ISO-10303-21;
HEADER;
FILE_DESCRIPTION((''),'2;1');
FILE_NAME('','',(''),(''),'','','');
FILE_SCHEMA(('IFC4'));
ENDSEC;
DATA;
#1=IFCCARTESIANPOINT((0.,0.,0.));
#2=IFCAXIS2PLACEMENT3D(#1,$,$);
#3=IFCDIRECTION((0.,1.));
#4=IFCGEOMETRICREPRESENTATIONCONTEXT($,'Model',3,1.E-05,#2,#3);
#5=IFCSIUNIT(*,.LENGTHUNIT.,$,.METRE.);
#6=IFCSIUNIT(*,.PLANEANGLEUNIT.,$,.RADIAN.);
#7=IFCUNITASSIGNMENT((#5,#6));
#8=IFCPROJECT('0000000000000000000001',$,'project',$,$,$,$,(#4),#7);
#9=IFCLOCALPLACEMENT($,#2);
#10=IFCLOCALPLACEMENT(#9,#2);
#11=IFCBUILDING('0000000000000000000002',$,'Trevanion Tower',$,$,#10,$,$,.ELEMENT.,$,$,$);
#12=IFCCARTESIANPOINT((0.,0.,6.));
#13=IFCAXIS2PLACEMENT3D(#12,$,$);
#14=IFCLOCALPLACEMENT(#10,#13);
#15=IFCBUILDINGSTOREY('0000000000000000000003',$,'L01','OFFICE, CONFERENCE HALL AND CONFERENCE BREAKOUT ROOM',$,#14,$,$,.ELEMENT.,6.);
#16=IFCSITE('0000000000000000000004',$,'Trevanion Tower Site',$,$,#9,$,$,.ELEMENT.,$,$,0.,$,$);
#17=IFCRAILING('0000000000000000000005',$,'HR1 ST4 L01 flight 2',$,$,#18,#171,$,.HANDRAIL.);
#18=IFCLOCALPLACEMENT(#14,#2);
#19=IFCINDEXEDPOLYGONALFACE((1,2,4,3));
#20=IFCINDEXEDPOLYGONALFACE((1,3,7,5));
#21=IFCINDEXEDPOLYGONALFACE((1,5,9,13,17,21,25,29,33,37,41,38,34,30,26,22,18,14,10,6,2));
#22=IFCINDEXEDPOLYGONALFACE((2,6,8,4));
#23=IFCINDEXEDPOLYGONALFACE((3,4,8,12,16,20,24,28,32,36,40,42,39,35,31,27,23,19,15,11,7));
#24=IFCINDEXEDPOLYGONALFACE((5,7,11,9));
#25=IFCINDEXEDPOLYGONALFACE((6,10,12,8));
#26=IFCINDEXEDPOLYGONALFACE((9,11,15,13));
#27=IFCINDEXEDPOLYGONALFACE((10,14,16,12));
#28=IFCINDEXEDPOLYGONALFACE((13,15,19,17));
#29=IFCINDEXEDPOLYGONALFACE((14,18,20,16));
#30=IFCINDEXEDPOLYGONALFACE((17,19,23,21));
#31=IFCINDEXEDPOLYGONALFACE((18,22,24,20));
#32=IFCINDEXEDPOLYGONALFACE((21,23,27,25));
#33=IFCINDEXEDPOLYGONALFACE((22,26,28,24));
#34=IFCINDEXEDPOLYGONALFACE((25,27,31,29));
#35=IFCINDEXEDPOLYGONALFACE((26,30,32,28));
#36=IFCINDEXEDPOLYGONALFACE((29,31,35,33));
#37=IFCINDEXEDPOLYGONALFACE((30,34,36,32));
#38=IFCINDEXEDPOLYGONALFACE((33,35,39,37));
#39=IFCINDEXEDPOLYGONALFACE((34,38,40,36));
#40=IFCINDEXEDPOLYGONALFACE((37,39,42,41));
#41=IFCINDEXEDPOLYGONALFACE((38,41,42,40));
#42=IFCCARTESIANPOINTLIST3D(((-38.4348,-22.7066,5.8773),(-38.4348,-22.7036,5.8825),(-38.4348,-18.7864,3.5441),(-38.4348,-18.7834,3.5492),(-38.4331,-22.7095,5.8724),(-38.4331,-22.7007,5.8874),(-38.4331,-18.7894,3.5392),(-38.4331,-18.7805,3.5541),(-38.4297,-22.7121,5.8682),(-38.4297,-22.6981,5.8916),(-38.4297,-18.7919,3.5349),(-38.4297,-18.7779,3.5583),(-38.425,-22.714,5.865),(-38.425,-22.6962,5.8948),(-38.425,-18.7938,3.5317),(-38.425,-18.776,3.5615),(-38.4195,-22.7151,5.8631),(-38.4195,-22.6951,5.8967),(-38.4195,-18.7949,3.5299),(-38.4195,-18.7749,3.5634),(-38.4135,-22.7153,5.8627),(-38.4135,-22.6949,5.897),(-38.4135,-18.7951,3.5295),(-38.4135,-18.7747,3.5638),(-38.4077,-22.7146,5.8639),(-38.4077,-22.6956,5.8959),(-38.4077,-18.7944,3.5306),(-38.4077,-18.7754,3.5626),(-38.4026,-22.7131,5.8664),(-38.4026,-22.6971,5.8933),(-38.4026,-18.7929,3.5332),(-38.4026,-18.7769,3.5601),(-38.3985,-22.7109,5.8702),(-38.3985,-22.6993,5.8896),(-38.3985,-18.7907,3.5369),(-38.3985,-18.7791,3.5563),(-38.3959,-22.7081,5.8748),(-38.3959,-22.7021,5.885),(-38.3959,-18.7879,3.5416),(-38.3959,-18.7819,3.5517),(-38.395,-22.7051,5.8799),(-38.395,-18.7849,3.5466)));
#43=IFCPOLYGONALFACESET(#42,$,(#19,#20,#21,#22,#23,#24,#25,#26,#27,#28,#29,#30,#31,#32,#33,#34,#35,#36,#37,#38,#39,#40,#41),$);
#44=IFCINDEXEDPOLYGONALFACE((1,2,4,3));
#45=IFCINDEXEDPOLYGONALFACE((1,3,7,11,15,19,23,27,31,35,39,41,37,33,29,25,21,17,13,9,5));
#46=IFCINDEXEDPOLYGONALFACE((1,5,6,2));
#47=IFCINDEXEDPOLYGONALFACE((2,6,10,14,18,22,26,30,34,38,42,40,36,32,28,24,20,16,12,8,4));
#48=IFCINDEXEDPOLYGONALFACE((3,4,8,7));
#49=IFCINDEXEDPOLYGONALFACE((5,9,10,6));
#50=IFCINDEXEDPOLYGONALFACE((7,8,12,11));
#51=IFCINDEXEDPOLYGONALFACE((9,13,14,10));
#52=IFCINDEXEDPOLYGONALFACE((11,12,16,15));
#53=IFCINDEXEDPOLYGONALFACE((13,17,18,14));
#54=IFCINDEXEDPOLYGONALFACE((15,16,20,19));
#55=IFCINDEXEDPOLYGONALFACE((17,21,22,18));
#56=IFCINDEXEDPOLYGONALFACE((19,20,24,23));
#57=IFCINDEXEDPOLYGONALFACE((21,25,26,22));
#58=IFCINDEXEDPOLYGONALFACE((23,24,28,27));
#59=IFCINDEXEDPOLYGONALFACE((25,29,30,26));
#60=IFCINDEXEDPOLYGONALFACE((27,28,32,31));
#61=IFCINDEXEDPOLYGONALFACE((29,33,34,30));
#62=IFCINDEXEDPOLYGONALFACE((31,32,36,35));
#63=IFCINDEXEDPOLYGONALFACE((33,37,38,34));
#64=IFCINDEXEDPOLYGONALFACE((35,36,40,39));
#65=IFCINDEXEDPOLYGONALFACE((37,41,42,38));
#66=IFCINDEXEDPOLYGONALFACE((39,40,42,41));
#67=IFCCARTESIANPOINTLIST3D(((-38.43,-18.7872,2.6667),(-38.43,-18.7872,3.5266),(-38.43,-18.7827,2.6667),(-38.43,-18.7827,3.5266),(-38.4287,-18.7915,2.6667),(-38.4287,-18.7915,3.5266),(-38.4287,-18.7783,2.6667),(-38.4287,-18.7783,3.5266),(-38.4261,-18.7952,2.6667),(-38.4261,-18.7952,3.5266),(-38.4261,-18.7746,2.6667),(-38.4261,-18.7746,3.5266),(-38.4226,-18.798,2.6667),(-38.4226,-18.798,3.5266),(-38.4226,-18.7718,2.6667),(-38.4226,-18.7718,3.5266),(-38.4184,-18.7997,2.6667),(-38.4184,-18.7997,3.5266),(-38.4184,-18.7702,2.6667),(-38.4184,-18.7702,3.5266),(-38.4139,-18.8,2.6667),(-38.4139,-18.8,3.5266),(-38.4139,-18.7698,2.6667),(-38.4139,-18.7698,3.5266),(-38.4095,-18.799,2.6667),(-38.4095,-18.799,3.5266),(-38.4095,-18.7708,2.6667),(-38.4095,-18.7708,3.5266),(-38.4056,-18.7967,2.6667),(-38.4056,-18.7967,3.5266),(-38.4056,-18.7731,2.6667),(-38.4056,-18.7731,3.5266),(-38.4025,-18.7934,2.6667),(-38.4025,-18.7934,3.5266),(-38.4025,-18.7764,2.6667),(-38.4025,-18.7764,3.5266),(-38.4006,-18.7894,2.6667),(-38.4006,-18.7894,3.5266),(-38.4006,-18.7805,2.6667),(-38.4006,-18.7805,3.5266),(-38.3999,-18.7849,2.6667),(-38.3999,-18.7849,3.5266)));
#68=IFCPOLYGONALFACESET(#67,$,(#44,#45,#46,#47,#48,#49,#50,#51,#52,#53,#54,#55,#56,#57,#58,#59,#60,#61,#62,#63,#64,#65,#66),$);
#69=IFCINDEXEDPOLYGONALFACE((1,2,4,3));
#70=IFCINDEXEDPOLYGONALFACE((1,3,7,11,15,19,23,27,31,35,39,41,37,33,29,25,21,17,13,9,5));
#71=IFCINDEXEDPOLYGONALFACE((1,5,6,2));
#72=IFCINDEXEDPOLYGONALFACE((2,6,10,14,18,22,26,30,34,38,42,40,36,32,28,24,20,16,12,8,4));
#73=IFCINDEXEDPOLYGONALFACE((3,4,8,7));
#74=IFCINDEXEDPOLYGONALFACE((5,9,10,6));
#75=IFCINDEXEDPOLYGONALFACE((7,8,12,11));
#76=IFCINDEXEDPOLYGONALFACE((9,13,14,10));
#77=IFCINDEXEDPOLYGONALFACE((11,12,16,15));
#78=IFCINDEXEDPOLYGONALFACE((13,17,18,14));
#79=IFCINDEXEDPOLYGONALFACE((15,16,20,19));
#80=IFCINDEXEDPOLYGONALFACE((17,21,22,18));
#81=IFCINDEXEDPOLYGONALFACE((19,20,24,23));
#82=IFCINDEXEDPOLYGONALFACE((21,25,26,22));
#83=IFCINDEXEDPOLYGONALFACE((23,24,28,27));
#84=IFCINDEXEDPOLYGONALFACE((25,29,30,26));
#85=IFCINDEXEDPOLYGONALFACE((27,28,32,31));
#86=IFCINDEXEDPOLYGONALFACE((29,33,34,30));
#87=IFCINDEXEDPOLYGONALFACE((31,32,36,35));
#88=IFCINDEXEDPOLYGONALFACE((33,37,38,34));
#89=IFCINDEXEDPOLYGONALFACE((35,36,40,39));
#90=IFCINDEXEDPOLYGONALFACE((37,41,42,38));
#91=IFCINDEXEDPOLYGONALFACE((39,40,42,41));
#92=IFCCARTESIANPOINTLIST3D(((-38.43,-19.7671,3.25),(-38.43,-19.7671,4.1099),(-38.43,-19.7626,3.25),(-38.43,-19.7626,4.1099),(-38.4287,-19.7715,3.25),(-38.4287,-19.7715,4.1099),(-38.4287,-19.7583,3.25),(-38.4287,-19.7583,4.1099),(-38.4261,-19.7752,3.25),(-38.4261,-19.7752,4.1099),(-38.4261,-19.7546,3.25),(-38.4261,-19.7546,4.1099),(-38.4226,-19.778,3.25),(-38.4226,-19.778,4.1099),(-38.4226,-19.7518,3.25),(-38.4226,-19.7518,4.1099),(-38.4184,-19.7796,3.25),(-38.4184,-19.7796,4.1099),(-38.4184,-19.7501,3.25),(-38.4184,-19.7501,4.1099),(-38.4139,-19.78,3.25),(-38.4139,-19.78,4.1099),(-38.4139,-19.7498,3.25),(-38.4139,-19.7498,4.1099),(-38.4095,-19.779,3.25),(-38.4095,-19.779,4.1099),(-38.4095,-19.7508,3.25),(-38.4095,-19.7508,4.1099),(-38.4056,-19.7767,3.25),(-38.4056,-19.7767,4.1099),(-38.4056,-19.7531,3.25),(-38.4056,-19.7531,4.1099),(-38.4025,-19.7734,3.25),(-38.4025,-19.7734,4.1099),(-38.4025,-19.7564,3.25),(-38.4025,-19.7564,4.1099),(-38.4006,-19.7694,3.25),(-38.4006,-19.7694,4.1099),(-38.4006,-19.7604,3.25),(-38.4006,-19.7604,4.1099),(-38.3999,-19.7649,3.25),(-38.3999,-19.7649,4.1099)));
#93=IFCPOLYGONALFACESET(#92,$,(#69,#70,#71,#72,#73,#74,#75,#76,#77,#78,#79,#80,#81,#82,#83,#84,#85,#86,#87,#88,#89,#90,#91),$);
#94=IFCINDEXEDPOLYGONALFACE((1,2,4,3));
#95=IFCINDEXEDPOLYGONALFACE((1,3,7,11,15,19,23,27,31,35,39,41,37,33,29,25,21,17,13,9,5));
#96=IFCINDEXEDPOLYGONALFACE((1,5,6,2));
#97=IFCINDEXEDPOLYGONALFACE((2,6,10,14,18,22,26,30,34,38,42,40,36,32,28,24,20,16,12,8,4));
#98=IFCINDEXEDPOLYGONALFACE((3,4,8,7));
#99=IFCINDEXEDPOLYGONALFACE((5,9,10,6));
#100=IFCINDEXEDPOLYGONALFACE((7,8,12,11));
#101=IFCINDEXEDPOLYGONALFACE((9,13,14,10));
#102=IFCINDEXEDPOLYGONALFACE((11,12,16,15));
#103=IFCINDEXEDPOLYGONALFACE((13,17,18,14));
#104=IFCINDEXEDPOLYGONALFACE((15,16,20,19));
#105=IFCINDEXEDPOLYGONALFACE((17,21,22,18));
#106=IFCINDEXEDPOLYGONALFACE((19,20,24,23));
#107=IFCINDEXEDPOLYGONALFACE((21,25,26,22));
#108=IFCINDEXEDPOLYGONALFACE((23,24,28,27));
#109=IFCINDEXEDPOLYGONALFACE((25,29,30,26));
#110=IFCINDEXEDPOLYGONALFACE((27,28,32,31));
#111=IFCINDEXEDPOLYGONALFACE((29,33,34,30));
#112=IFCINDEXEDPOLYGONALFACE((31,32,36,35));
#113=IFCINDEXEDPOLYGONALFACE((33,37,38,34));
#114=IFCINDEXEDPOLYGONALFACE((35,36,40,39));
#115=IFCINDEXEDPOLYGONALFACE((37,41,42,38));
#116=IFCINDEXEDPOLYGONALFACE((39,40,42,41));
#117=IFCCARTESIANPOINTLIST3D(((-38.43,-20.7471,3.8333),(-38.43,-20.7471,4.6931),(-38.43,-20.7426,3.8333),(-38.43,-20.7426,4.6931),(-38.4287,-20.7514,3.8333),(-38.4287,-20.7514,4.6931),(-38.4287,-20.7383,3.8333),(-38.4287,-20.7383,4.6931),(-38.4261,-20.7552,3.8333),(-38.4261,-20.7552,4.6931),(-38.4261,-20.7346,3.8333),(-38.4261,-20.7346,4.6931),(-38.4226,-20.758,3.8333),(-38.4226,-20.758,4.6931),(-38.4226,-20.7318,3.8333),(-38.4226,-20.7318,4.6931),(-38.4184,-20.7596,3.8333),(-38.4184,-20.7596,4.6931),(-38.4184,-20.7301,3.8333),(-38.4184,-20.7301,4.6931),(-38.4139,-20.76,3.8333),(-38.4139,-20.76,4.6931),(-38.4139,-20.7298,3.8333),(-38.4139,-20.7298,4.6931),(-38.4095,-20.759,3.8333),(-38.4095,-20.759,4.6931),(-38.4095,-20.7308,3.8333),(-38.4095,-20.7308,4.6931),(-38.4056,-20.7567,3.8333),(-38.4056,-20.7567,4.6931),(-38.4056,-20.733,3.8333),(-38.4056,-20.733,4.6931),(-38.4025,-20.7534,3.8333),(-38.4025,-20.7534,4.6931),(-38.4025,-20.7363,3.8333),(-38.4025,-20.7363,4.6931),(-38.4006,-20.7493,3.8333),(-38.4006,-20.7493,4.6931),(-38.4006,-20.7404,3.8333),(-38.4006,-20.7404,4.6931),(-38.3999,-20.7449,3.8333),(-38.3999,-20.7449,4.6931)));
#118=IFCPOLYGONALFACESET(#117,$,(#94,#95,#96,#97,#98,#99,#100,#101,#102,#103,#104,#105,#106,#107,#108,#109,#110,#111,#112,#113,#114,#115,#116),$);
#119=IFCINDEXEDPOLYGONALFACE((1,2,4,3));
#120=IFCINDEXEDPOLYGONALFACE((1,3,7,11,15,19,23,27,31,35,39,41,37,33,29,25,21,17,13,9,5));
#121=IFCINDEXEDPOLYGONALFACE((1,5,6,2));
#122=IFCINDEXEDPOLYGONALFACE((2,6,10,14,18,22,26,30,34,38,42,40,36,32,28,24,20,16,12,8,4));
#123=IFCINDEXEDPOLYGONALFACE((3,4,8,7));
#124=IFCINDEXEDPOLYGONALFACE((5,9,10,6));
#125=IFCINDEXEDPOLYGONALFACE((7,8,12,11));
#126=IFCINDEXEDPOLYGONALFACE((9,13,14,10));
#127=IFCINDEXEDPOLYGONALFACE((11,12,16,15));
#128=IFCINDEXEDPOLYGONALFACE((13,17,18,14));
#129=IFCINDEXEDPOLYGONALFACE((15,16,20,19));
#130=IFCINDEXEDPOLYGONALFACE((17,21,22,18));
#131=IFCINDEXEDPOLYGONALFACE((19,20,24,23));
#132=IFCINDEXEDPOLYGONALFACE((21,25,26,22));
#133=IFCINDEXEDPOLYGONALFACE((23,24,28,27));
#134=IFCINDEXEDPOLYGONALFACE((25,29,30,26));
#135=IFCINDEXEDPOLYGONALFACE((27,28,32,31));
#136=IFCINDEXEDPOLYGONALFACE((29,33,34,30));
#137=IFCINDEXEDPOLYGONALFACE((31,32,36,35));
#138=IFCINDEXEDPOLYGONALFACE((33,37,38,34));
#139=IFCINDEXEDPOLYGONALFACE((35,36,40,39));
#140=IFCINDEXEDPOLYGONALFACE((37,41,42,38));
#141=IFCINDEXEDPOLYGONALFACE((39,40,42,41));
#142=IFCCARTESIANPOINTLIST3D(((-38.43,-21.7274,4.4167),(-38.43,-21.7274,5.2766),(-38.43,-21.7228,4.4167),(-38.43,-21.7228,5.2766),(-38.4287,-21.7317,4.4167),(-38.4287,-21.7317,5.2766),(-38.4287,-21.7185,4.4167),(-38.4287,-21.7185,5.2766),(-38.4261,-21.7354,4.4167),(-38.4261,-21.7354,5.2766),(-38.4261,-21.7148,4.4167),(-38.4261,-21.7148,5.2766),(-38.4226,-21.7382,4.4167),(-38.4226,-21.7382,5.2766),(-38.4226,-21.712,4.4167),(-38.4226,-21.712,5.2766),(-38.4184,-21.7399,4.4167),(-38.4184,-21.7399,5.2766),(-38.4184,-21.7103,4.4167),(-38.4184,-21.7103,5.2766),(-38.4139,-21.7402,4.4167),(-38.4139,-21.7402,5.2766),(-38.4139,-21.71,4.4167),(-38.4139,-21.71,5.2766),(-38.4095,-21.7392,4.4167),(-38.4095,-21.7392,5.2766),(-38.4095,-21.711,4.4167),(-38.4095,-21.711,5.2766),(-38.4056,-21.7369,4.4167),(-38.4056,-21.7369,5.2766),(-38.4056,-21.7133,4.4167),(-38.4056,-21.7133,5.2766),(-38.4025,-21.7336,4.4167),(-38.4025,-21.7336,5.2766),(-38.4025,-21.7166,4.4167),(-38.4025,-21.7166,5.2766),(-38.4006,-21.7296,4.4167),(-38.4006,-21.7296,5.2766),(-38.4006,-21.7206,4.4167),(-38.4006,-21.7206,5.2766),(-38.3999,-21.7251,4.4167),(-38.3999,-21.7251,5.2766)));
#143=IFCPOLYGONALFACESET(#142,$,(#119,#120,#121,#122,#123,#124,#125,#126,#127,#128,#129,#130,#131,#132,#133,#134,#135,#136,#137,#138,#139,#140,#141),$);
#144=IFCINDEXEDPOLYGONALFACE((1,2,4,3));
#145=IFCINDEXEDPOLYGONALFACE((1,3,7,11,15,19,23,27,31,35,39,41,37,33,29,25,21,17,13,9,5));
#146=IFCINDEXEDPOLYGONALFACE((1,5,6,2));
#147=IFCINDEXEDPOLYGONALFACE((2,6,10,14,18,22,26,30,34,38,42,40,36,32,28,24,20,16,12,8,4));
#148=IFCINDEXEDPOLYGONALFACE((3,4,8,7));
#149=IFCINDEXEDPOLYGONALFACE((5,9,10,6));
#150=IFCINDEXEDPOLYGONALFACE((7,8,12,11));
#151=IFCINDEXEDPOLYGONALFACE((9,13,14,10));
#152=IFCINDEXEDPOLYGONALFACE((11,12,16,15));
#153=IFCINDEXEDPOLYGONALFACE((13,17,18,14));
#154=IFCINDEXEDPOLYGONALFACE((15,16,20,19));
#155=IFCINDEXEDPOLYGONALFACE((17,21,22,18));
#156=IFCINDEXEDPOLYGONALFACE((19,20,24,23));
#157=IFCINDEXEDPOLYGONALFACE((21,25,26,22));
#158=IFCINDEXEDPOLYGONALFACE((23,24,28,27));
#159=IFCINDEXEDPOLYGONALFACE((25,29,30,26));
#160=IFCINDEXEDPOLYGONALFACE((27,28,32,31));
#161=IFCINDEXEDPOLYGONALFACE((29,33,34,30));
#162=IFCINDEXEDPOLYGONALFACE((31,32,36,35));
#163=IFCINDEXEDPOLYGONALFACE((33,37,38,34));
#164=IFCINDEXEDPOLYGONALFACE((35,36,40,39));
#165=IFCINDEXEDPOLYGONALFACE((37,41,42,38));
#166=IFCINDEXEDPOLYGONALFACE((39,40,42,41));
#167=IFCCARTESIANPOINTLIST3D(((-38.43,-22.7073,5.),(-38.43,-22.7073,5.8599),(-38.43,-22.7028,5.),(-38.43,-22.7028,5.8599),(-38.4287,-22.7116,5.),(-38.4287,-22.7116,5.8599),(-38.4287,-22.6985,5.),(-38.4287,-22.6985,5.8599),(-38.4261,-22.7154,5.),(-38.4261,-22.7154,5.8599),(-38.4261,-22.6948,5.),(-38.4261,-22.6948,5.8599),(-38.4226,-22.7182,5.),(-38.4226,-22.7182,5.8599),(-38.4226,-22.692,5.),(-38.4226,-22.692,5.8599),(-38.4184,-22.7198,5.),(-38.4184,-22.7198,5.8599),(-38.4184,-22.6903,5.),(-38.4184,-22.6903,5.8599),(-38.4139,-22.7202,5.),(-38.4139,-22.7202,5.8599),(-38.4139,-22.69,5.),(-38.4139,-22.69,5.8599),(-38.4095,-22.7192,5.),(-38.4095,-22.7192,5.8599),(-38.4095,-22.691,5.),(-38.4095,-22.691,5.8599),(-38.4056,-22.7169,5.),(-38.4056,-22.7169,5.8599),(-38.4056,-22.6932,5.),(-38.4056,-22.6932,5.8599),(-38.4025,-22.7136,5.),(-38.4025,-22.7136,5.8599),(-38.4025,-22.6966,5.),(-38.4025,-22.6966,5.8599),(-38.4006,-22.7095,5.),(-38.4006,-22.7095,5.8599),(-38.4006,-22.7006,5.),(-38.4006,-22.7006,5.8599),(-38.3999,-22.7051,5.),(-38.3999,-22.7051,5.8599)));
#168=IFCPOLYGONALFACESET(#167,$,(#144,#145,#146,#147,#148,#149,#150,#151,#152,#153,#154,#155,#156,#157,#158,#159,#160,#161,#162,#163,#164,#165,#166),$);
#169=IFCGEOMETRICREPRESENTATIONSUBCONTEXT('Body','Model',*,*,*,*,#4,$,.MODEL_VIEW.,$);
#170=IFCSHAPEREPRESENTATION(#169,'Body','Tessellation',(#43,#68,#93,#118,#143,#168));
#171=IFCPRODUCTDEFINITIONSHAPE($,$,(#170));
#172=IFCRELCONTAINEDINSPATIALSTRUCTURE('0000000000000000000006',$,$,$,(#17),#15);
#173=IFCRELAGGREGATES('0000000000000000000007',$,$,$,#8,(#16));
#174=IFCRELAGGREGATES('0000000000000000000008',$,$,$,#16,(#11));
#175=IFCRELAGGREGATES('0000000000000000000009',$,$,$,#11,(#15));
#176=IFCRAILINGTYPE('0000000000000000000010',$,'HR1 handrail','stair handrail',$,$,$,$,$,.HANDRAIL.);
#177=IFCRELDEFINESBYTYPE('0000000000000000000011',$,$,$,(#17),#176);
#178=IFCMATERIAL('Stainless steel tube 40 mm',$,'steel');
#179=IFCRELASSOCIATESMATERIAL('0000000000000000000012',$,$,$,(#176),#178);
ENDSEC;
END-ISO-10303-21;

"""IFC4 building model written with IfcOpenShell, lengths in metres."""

from ifc_helpers import new_model, si_unit, direction, frame, origin, origin_2d, place, context, subcontext, project, spatial, circle, extrude, material, type_object, element, save


model = new_model("IFC4")

# Units and contexts
model_context = context("Model", 3, precision=1e-05, world=origin(), true_north=direction((0.0, 1.0)))
body_context = subcontext(model_context, "Body", "Model", "MODEL_VIEW")
ifc_project = project(units=[si_unit("LENGTHUNIT", "METRE"), si_unit("PLANEANGLEUNIT", "RADIAN")], contexts=[model_context])

# Site, building, storey
site_placement = place(None, origin())
site = spatial("IfcSite", under=ifc_project, at=site_placement, Name="Trevanion Tower Site", CompositionType="ELEMENT", RefElevation=0.0)
building_placement = place(site_placement, origin())
building = spatial("IfcBuilding", under=site, at=building_placement, Name="Trevanion Tower", CompositionType="ELEMENT")
storey_placement = place(building_placement, frame((0.0, 0.0, 6.0)))
storey = spatial("IfcBuildingStorey", under=building, at=storey_placement, Name="L01", Description="OFFICE, CONFERENCE HALL AND CONFERENCE BREAKOUT ROOM", CompositionType="ELEMENT", Elevation=6.0)

# Railing
ifc_material_1 = material(Name="Stainless steel tube 40 mm", Category="steel")
railing_type_1 = type_object("IfcRailingType", Name="HR1 handrail", Description="stair handrail", PredefinedType="HANDRAIL", material=ifc_material_1)
for number, where, name in (
    (1, (-38.415, -18.7849, 2.6667), "HR1 ST4 L01 flight 2"),
):
    element("IfcRailing", number, at=place(storey_placement, frame(where)), inside=storey, type_object=railing_type_1, Name=name, PredefinedType="HANDRAIL", context=body_context, shape_type="SweptSolid", body=[
        extrude(circle(Radius=0.02, at=origin_2d()), frame((0.0, 0.0, 0.8799), z_axis=(0.0, -0.85931, 0.511455), x_axis=(1.0, 0.0, 0.0)), (0.0, 0.0, 1.0), 4.562),
        extrude(circle(Radius=0.0151, at=origin_2d()), origin(), (0.0, 0.0, 1.0), 0.8599),
        extrude(circle(Radius=0.0151, at=origin_2d()), frame((0.0, -0.98, 0.5833)), (0.0, 0.0, 1.0), 0.8599),
        extrude(circle(Radius=0.0151, at=origin_2d()), frame((0.0, -1.96, 1.1665)), (0.0, 0.0, 1.0), 0.8599),
        extrude(circle(Radius=0.0151, at=origin_2d()), frame((0.0, -2.9402, 1.75)), (0.0, 0.0, 1.0), 0.8599),
        extrude(circle(Radius=0.0151, at=origin_2d()), frame((0.0, -3.9202, 2.3333)), (0.0, 0.0, 1.0), 0.8599),
    ])

save(model, "model.ifc")
